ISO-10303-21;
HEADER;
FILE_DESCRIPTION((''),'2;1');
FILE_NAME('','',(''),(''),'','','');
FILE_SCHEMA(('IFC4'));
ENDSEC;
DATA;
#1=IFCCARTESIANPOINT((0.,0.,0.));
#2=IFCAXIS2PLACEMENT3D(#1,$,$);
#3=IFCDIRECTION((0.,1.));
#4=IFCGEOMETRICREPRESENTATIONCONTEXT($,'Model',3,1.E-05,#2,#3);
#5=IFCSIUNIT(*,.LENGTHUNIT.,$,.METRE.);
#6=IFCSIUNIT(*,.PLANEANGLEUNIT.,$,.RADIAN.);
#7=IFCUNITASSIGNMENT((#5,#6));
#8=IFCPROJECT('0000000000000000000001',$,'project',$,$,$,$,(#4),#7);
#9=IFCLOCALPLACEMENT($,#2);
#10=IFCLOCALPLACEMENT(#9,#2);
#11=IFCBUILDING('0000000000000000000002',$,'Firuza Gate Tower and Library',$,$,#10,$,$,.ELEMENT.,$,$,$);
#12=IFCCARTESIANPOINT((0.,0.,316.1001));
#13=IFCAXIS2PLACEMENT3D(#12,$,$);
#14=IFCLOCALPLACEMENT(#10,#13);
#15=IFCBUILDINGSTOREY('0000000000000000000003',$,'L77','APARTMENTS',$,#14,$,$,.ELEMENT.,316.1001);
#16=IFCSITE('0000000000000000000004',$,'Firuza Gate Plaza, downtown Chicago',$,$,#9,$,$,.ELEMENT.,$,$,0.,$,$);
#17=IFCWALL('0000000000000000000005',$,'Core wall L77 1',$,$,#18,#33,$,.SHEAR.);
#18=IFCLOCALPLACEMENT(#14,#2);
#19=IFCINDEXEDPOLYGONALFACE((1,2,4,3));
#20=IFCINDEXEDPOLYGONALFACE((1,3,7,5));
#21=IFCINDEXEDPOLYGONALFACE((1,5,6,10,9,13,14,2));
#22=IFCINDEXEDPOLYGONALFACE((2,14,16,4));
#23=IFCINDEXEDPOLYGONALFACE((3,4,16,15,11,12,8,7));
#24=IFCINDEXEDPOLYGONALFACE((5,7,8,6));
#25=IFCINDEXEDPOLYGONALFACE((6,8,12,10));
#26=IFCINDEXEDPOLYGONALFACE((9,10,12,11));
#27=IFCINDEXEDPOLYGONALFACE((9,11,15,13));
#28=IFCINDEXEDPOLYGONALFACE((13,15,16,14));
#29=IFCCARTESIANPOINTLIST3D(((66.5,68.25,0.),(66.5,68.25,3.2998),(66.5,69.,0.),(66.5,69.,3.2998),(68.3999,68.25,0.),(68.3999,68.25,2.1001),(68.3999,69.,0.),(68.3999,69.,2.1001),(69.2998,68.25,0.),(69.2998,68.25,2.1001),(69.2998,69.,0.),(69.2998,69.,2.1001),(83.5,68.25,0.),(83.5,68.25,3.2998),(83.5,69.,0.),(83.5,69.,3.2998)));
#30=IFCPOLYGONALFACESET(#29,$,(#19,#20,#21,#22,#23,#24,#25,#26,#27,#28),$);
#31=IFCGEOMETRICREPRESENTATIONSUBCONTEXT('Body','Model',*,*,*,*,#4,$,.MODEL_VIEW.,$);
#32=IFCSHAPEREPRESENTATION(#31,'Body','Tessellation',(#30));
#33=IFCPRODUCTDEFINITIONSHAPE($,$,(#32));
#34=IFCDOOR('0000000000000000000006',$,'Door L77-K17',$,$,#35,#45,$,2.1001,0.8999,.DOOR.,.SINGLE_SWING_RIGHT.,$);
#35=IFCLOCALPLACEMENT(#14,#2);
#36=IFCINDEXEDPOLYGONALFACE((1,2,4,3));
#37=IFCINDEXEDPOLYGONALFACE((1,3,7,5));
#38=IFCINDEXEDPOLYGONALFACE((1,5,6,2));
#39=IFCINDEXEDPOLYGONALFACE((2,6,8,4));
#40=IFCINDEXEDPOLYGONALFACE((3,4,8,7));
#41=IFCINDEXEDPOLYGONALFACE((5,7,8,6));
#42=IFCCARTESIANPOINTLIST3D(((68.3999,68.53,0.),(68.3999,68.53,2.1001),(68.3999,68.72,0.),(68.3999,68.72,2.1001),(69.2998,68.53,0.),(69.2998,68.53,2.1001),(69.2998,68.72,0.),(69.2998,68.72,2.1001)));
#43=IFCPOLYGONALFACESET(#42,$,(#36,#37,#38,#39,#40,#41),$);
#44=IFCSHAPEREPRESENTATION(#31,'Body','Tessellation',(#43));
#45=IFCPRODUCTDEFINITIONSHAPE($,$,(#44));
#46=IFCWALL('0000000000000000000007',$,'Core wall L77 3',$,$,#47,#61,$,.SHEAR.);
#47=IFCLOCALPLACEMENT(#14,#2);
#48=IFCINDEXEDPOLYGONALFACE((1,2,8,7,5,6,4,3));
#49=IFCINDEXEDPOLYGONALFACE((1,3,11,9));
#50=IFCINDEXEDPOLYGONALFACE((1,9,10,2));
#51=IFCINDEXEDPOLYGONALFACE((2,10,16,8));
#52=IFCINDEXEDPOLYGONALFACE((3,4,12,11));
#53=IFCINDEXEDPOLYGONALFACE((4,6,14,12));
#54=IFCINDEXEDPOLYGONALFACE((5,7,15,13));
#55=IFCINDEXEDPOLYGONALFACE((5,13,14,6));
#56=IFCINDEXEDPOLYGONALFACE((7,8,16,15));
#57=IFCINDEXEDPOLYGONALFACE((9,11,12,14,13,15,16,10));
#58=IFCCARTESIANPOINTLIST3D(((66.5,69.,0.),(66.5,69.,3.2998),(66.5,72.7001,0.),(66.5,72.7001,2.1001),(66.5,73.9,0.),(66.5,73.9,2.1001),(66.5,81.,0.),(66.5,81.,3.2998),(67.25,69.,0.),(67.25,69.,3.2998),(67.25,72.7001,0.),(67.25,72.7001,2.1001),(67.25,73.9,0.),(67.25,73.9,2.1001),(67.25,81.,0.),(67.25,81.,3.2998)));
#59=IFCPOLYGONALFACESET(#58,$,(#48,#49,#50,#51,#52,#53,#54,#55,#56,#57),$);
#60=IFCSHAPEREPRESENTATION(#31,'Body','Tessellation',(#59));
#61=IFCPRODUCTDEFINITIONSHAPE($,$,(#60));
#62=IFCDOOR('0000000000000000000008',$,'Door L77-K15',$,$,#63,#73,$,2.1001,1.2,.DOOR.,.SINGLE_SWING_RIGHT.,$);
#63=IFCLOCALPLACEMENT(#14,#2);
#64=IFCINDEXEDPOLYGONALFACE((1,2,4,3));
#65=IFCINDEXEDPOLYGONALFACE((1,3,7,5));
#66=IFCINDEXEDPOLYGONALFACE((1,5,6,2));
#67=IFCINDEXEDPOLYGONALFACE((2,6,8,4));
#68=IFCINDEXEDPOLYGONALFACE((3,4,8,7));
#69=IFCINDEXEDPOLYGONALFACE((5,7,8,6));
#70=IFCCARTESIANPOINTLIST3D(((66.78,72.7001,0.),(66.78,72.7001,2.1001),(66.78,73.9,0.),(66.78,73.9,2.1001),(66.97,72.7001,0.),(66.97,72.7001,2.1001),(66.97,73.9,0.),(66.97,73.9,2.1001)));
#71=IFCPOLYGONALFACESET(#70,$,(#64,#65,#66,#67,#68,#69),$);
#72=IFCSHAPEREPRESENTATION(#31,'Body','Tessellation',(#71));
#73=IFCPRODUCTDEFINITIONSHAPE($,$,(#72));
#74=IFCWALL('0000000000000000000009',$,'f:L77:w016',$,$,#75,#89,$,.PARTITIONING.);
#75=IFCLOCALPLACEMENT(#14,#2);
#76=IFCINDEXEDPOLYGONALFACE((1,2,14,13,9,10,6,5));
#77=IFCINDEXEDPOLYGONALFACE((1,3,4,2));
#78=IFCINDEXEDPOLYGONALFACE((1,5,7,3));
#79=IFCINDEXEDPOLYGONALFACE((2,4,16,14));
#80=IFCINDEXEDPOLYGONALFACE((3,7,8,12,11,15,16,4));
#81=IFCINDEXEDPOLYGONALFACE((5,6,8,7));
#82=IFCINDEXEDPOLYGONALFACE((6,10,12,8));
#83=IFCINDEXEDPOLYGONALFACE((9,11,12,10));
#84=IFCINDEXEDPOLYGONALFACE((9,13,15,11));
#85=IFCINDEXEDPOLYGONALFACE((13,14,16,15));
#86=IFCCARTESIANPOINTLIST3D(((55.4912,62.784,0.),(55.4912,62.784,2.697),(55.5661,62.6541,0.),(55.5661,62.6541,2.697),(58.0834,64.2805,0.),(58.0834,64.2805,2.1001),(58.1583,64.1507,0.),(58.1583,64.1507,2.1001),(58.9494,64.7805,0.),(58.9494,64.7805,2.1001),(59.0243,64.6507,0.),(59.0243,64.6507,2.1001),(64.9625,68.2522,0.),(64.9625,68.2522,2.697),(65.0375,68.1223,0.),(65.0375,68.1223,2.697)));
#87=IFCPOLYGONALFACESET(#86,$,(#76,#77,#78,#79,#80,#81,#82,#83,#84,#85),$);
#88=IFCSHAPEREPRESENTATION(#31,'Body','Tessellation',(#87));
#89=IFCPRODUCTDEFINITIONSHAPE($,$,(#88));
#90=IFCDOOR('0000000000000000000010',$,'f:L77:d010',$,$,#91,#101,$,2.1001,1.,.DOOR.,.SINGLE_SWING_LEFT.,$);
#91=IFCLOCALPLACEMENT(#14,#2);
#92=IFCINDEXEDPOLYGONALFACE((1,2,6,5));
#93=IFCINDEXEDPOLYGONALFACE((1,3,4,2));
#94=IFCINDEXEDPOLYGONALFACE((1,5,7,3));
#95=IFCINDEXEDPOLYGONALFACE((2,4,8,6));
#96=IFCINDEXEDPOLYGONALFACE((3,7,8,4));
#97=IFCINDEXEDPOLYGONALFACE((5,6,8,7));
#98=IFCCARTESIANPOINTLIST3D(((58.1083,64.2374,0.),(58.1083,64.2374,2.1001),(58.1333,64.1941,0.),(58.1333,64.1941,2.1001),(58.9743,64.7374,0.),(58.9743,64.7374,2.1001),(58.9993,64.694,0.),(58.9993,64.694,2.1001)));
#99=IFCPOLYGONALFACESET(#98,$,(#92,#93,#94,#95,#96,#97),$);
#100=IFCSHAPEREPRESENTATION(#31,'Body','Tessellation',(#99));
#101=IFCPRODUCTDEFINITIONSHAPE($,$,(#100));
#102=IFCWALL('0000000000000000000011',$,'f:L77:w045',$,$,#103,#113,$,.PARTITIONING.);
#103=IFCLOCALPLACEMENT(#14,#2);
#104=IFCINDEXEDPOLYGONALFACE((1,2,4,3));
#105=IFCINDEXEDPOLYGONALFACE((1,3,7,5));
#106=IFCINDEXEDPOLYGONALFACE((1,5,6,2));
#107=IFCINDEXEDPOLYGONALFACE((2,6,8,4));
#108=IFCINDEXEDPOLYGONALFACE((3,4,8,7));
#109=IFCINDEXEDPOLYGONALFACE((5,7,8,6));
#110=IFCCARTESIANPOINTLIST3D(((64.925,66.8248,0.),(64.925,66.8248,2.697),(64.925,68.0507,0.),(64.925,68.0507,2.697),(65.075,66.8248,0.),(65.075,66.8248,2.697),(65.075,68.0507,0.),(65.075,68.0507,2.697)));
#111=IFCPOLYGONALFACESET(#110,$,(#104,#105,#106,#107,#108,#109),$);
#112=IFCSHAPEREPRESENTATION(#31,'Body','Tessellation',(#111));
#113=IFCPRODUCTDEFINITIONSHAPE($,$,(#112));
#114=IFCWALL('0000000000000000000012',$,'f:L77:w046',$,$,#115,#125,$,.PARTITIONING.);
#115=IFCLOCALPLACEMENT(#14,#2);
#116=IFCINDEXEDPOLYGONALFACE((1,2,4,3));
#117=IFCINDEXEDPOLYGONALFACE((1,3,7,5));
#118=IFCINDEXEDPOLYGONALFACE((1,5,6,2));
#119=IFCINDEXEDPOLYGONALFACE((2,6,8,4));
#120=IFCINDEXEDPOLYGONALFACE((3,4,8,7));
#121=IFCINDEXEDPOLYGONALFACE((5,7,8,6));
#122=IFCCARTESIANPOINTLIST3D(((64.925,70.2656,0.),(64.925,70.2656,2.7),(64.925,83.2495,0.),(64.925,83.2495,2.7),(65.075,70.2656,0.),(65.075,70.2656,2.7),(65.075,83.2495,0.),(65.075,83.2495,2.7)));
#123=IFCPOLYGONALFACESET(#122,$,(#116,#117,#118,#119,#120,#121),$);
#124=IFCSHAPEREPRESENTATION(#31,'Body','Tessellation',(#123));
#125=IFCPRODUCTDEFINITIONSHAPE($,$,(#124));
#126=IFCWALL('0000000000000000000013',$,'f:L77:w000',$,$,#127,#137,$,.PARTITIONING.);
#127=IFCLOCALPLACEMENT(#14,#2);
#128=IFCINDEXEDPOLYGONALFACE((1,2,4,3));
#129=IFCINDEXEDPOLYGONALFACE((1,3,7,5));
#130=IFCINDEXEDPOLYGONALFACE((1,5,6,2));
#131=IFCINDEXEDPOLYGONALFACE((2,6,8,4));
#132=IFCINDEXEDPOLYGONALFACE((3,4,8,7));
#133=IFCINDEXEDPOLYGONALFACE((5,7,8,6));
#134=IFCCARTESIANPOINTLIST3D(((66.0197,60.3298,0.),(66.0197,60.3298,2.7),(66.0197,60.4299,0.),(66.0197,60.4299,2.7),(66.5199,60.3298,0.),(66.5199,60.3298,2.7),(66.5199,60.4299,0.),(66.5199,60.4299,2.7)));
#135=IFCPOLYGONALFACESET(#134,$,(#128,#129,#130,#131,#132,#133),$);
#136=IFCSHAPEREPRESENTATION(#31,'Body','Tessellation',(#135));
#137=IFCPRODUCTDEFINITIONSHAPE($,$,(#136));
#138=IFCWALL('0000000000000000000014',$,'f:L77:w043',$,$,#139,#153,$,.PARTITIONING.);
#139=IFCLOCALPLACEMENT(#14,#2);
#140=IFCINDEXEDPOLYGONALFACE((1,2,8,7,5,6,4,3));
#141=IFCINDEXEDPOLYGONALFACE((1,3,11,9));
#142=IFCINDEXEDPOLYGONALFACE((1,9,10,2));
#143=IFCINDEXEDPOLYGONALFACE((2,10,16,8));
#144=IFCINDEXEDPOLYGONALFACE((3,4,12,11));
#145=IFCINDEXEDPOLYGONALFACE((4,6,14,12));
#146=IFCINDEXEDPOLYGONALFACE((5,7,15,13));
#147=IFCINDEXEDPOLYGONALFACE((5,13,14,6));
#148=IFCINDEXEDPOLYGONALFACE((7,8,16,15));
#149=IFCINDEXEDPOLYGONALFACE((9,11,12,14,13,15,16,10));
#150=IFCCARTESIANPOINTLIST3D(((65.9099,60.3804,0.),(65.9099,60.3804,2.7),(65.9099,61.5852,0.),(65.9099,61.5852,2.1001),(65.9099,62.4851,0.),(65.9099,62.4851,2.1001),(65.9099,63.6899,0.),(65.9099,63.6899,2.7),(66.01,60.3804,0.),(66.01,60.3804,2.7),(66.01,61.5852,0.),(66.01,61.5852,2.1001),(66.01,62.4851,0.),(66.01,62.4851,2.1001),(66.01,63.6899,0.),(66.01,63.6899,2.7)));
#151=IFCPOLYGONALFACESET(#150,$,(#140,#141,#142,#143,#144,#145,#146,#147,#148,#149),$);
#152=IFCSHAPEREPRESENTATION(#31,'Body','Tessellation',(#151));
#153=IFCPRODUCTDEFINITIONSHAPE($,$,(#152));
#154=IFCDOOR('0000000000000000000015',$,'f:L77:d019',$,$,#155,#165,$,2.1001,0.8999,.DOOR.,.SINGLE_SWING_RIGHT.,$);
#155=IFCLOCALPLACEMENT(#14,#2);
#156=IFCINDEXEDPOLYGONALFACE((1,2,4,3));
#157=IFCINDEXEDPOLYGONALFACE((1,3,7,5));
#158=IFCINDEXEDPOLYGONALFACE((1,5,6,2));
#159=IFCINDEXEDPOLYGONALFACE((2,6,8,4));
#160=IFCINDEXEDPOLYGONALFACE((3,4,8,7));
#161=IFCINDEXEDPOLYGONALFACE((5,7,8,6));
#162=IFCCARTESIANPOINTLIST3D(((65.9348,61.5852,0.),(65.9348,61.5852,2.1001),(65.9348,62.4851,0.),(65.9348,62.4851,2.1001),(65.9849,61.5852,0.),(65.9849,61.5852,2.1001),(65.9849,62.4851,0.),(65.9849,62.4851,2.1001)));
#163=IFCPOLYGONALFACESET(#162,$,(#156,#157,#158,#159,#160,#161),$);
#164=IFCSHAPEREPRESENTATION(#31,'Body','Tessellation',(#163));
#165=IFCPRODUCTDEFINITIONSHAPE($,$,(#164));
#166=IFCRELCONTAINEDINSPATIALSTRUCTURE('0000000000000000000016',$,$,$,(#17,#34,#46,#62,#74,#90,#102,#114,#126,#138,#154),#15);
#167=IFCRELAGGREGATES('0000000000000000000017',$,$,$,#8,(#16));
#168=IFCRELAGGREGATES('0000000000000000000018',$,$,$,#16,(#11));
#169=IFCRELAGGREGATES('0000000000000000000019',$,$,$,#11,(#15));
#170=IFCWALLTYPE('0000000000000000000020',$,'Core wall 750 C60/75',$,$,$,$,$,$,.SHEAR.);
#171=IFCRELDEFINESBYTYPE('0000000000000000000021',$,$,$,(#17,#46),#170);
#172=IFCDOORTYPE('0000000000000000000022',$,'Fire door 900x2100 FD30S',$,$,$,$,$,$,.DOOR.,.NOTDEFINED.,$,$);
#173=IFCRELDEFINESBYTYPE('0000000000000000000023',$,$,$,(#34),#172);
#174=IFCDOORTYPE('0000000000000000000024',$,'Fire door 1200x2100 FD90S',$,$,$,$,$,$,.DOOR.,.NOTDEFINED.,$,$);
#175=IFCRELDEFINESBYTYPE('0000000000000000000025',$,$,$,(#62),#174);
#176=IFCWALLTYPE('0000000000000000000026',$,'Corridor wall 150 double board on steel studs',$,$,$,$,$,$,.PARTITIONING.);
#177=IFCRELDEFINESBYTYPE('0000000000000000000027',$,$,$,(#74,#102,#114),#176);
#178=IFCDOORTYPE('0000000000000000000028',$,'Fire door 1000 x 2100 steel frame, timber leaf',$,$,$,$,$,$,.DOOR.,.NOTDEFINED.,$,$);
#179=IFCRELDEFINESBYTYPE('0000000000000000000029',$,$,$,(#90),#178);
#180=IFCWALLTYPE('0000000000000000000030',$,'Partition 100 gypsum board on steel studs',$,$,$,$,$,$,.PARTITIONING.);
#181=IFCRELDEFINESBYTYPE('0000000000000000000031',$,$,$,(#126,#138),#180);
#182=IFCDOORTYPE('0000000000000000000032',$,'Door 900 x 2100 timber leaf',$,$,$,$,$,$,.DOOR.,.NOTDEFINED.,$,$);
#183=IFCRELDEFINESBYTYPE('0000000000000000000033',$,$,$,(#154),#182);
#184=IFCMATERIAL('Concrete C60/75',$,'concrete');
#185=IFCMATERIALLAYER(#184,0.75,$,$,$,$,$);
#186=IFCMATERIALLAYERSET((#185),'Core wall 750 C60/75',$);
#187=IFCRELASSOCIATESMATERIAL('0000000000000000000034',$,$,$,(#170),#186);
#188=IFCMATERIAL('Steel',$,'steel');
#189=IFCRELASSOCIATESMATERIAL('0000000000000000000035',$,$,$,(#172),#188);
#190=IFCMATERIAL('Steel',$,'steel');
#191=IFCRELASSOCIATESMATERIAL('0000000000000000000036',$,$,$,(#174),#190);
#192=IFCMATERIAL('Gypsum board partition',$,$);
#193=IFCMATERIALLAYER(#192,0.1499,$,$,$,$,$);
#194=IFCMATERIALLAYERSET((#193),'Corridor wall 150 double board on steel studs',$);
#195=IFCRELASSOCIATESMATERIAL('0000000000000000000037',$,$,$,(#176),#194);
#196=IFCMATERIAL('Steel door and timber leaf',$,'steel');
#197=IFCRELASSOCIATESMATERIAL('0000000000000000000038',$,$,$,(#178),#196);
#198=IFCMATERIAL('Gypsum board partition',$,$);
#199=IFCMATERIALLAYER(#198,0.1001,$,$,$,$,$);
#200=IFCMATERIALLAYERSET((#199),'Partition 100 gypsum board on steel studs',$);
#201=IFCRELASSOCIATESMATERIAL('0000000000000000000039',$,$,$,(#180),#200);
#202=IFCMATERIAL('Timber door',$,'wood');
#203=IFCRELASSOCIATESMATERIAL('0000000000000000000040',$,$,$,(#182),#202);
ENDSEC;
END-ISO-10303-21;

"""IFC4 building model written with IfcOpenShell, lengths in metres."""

from ifc_helpers import new_model, si_unit, direction, frame, frame_2d, origin, place, context, subcontext, project, spatial, rectangle, extrude, material, layer, layer_set, type_object, element, fill, save


model = new_model("IFC4")

# Units and contexts
model_context = context("Model", 3, precision=1e-05, world=origin(), true_north=direction((0.0, 1.0)))
body_context = subcontext(model_context, "Body", "Model", "MODEL_VIEW")
ifc_project = project(units=[si_unit("LENGTHUNIT", "METRE"), si_unit("PLANEANGLEUNIT", "RADIAN")], contexts=[model_context])

# Site, building, storey
site_placement = place(None, origin())
site = spatial("IfcSite", under=ifc_project, at=site_placement, Name="Firuza Gate Plaza, downtown Chicago", CompositionType="ELEMENT", RefElevation=0.0)
building_placement = place(site_placement, origin())
building = spatial("IfcBuilding", under=site, at=building_placement, Name="Firuza Gate Tower and Library", CompositionType="ELEMENT")
storey_placement = place(building_placement, frame((0.0, 0.0, 316.1001)))
storey = spatial("IfcBuildingStorey", under=building, at=storey_placement, Name="L77", Description="APARTMENTS", CompositionType="ELEMENT", Elevation=316.1001)

# Walls, openings, doors
ifc_material_1 = material(Name="Concrete C60/75", Category="concrete")
ifc_layer_1 = layer(ifc_material_1, 0.75)
ifc_layer_set_1 = layer_set([ifc_layer_1], Name="Core wall 750 C60/75")
wall_type_1 = type_object("IfcWallType", Name="Core wall 750 C60/75", PredefinedType="SHEAR", material=ifc_layer_set_1)
wall_1_placement = place(storey_placement, frame((66.5, 68.625, 0.0), z_axis=(0.0, 0.0, 1.0), x_axis=(1.0, 0.0, 0.0)))
wall_1 = element("IfcWall", 1, at=wall_1_placement, inside=storey, type_object=wall_type_1, Name="Core wall L77 1", PredefinedType="SHEAR", context=body_context, shape_type="SweptSolid", body=[
    extrude(rectangle(XDim=17.0, YDim=0.75, at=frame_2d((8.5, 0.0))), origin(), (0.0, 0.0, 1.0), 3.2998),
])
opening_1_placement = place(wall_1_placement, frame((1.8999, 0.0, 0.0)))
opening_1 = element("IfcOpeningElement", 2, at=opening_1_placement, cuts=wall_1, PredefinedType="OPENING", context=body_context, shape_type="SweptSolid", body=[
    extrude(rectangle(XDim=0.8999, YDim=2.1001, at=frame_2d((0.45, 1.05))), frame((0.0, 0.385, 0.0), z_axis=(0.0, -1.0, 0.0), x_axis=(1.0, 0.0, 0.0)), (0.0, 0.0, 1.0), 0.77),
])
ifc_material_2 = material(Name="Steel", Category="steel")
door_type_1 = type_object("IfcDoorType", Name="Fire door 900x2100 FD30S", OperationType="NOTDEFINED", PredefinedType="DOOR", material=ifc_material_2)
door_1_placement = place(opening_1_placement, origin())
door_1 = element("IfcDoor", 3, at=door_1_placement, inside=storey, type_object=door_type_1, Name="Door L77-K17", OperationType="SINGLE_SWING_RIGHT", OverallHeight=2.1001, OverallWidth=0.8999, PredefinedType="DOOR", context=body_context, shape_type="SweptSolid", body=[
    extrude(rectangle(XDim=0.8999, YDim=2.1001, at=frame_2d((0.45, 1.05))), frame((0.0, 0.095, 0.0), z_axis=(0.0, -1.0, 0.0), x_axis=(1.0, 0.0, 0.0)), (0.0, 0.0, 1.0), 0.1899),
])
fill(opening_1, door_1)
wall_2_placement = place(storey_placement, frame((66.875, 69.0, 0.0), z_axis=(0.0, 0.0, 1.0), x_axis=(0.0, 1.0, 0.0)))
wall_2 = element("IfcWall", 4, at=wall_2_placement, inside=storey, type_object=wall_type_1, Name="Core wall L77 3", PredefinedType="SHEAR", context=body_context, shape_type="SweptSolid", body=[
    extrude(rectangle(XDim=12.0, YDim=0.75, at=frame_2d((6.0, 0.0))), origin(), (0.0, 0.0, 1.0), 3.2998),
])
opening_2_placement = place(wall_2_placement, frame((3.7, 0.0, 0.0)))
opening_2 = element("IfcOpeningElement", 5, at=opening_2_placement, cuts=wall_2, PredefinedType="OPENING", context=body_context, shape_type="SweptSolid", body=[
    extrude(rectangle(XDim=1.2, YDim=2.1001, at=frame_2d((0.6001, 1.05))), frame((0.0, 0.385, 0.0), z_axis=(0.0, -1.0, 0.0), x_axis=(1.0, 0.0, 0.0)), (0.0, 0.0, 1.0), 0.77),
])
ifc_material_3 = material(Name="Steel", Category="steel")
door_type_2 = type_object("IfcDoorType", Name="Fire door 1200x2100 FD90S", OperationType="NOTDEFINED", PredefinedType="DOOR", material=ifc_material_3)
door_2_placement = place(opening_2_placement, origin())
door_2 = element("IfcDoor", 6, at=door_2_placement, inside=storey, type_object=door_type_2, Name="Door L77-K15", OperationType="SINGLE_SWING_RIGHT", OverallHeight=2.1001, OverallWidth=1.2, PredefinedType="DOOR", context=body_context, shape_type="SweptSolid", body=[
    extrude(rectangle(XDim=1.2, YDim=2.1001, at=frame_2d((0.6001, 1.05))), frame((0.0, 0.095, 0.0), z_axis=(0.0, -1.0, 0.0), x_axis=(1.0, 0.0, 0.0)), (0.0, 0.0, 1.0), 0.1899),
])
fill(opening_2, door_2)
ifc_material_4 = material(Name="Gypsum board partition")
ifc_layer_2 = layer(ifc_material_4, 0.1499)
ifc_layer_set_2 = layer_set([ifc_layer_2], Name="Corridor wall 150 double board on steel studs")
wall_type_2 = type_object("IfcWallType", Name="Corridor wall 150 double board on steel studs", PredefinedType="PARTITIONING", material=ifc_layer_set_2)
wall_3_placement = place(storey_placement, frame((65.0, 68.1873, 0.0), z_axis=(0.0, 0.0, 1.0), x_axis=(-0.866028, -0.499995, 0.0)))
wall_3 = element("IfcWall", 7, at=wall_3_placement, inside=storey, type_object=wall_type_2, Name="f:L77:w016", PredefinedType="PARTITIONING", context=body_context, shape_type="SweptSolid", body=[
    extrude(rectangle(XDim=10.9365, YDim=0.1499, at=frame_2d((5.4683, 0.0))), origin(), (0.0, 0.0, 1.0), 2.697),
])
opening_3_placement = place(wall_3_placement, frame((6.9434, 0.0, 0.0)))
opening_3 = element("IfcOpeningElement", 8, at=opening_3_placement, cuts=wall_3, PredefinedType="OPENING", context=body_context, shape_type="SweptSolid", body=[
    extrude(rectangle(XDim=1.0, YDim=2.1001, at=frame_2d((0.5, 1.05))), frame((0.0, 0.085, 0.0), z_axis=(0.0, -1.0, 0.0), x_axis=(1.0, 0.0, 0.0)), (0.0, 0.0, 1.0), 0.1699),
])
ifc_material_5 = material(Name="Steel door and timber leaf", Category="steel")
door_type_3 = type_object("IfcDoorType", Name="Fire door 1000 x 2100 steel frame, timber leaf", OperationType="NOTDEFINED", PredefinedType="DOOR", material=ifc_material_5)
door_3_placement = place(opening_3_placement, origin())
door_3 = element("IfcDoor", 9, at=door_3_placement, inside=storey, type_object=door_type_3, Name="f:L77:d010", OperationType="SINGLE_SWING_LEFT", OverallHeight=2.1001, OverallWidth=1.0, PredefinedType="DOOR", context=body_context, shape_type="SweptSolid", body=[
    extrude(rectangle(XDim=1.0, YDim=2.1001, at=frame_2d((0.5, 1.05))), frame((0.0, 0.0249, 0.0), z_axis=(0.0, -1.0, 0.0), x_axis=(1.0, 0.0, 0.0)), (0.0, 0.0, 1.0), 0.05),
])
fill(opening_3, door_3)

# Walls
wall_4_placement = place(storey_placement, frame((65.0, 66.825, 0.0), z_axis=(0.0, 0.0, 1.0), x_axis=(0.0, 1.0, 0.0)))
element("IfcWall", 10, at=wall_4_placement, inside=storey, type_object=wall_type_2, Name="f:L77:w045", PredefinedType="PARTITIONING", context=body_context, shape_type="SweptSolid", body=[
    extrude(rectangle(XDim=1.2258, YDim=0.1499, at=frame_2d((0.6128, 0.0))), origin(), (0.0, 0.0, 1.0), 2.697),
])
wall_5_placement = place(storey_placement, frame((65.0, 70.2656, 0.0), z_axis=(0.0, 0.0, 1.0), x_axis=(0.0, 1.0, 0.0)))
element("IfcWall", 11, at=wall_5_placement, inside=storey, type_object=wall_type_2, Name="f:L77:w046", PredefinedType="PARTITIONING", context=body_context, shape_type="SweptSolid", body=[
    extrude(rectangle(XDim=12.9839, YDim=0.1499, at=frame_2d((6.4919, 0.0))), origin(), (0.0, 0.0, 1.0), 2.7),
])
ifc_material_6 = material(Name="Gypsum board partition")
ifc_layer_3 = layer(ifc_material_6, 0.1001)
ifc_layer_set_3 = layer_set([ifc_layer_3], Name="Partition 100 gypsum board on steel studs")
wall_type_3 = type_object("IfcWallType", Name="Partition 100 gypsum board on steel studs", PredefinedType="PARTITIONING", material=ifc_layer_set_3)
wall_6_placement = place(storey_placement, frame((66.0198, 60.3799, 0.0), z_axis=(0.0, 0.0, 1.0), x_axis=(1.0, 0.0, 0.0)))
element("IfcWall", 12, at=wall_6_placement, inside=storey, type_object=wall_type_3, Name="f:L77:w000", PredefinedType="PARTITIONING", context=body_context, shape_type="SweptSolid", body=[
    extrude(rectangle(XDim=0.5002, YDim=0.1001, at=frame_2d((0.25, 0.0))), origin(), (0.0, 0.0, 1.0), 2.7),
])

# Wall, opening, door
wall_7_placement = place(storey_placement, frame((65.96, 63.6899, 0.0), z_axis=(0.0, 0.0, 1.0), x_axis=(0.0, -1.0, 0.0)))
wall_7 = element("IfcWall", 13, at=wall_7_placement, inside=storey, type_object=wall_type_3, Name="f:L77:w043", PredefinedType="PARTITIONING", context=body_context, shape_type="SweptSolid", body=[
    extrude(rectangle(XDim=3.3096, YDim=0.1001, at=frame_2d((1.6548, 0.0))), origin(), (0.0, 0.0, 1.0), 2.7),
])
opening_4_placement = place(wall_7_placement, frame((1.2048, 0.0, 0.0)))
opening_4 = element("IfcOpeningElement", 14, at=opening_4_placement, cuts=wall_7, PredefinedType="OPENING", context=body_context, shape_type="SweptSolid", body=[
    extrude(rectangle(XDim=0.8999, YDim=2.1001, at=frame_2d((0.45, 1.05))), frame((0.0, 0.0601, 0.0), z_axis=(0.0, -1.0, 0.0), x_axis=(1.0, 0.0, 0.0)), (0.0, 0.0, 1.0), 0.1201),
])
ifc_material_7 = material(Name="Timber door", Category="wood")
door_type_4 = type_object("IfcDoorType", Name="Door 900 x 2100 timber leaf", OperationType="NOTDEFINED", PredefinedType="DOOR", material=ifc_material_7)
door_4_placement = place(opening_4_placement, origin())
door_4 = element("IfcDoor", 15, at=door_4_placement, inside=storey, type_object=door_type_4, Name="f:L77:d019", OperationType="SINGLE_SWING_RIGHT", OverallHeight=2.1001, OverallWidth=0.8999, PredefinedType="DOOR", context=body_context, shape_type="SweptSolid", body=[
    extrude(rectangle(XDim=0.8999, YDim=2.1001, at=frame_2d((0.45, 1.05))), frame((0.0, 0.0249, 0.0), z_axis=(0.0, -1.0, 0.0), x_axis=(1.0, 0.0, 0.0)), (0.0, 0.0, 1.0), 0.05),
])
fill(opening_4, door_4)

save(model, "model.ifc")
